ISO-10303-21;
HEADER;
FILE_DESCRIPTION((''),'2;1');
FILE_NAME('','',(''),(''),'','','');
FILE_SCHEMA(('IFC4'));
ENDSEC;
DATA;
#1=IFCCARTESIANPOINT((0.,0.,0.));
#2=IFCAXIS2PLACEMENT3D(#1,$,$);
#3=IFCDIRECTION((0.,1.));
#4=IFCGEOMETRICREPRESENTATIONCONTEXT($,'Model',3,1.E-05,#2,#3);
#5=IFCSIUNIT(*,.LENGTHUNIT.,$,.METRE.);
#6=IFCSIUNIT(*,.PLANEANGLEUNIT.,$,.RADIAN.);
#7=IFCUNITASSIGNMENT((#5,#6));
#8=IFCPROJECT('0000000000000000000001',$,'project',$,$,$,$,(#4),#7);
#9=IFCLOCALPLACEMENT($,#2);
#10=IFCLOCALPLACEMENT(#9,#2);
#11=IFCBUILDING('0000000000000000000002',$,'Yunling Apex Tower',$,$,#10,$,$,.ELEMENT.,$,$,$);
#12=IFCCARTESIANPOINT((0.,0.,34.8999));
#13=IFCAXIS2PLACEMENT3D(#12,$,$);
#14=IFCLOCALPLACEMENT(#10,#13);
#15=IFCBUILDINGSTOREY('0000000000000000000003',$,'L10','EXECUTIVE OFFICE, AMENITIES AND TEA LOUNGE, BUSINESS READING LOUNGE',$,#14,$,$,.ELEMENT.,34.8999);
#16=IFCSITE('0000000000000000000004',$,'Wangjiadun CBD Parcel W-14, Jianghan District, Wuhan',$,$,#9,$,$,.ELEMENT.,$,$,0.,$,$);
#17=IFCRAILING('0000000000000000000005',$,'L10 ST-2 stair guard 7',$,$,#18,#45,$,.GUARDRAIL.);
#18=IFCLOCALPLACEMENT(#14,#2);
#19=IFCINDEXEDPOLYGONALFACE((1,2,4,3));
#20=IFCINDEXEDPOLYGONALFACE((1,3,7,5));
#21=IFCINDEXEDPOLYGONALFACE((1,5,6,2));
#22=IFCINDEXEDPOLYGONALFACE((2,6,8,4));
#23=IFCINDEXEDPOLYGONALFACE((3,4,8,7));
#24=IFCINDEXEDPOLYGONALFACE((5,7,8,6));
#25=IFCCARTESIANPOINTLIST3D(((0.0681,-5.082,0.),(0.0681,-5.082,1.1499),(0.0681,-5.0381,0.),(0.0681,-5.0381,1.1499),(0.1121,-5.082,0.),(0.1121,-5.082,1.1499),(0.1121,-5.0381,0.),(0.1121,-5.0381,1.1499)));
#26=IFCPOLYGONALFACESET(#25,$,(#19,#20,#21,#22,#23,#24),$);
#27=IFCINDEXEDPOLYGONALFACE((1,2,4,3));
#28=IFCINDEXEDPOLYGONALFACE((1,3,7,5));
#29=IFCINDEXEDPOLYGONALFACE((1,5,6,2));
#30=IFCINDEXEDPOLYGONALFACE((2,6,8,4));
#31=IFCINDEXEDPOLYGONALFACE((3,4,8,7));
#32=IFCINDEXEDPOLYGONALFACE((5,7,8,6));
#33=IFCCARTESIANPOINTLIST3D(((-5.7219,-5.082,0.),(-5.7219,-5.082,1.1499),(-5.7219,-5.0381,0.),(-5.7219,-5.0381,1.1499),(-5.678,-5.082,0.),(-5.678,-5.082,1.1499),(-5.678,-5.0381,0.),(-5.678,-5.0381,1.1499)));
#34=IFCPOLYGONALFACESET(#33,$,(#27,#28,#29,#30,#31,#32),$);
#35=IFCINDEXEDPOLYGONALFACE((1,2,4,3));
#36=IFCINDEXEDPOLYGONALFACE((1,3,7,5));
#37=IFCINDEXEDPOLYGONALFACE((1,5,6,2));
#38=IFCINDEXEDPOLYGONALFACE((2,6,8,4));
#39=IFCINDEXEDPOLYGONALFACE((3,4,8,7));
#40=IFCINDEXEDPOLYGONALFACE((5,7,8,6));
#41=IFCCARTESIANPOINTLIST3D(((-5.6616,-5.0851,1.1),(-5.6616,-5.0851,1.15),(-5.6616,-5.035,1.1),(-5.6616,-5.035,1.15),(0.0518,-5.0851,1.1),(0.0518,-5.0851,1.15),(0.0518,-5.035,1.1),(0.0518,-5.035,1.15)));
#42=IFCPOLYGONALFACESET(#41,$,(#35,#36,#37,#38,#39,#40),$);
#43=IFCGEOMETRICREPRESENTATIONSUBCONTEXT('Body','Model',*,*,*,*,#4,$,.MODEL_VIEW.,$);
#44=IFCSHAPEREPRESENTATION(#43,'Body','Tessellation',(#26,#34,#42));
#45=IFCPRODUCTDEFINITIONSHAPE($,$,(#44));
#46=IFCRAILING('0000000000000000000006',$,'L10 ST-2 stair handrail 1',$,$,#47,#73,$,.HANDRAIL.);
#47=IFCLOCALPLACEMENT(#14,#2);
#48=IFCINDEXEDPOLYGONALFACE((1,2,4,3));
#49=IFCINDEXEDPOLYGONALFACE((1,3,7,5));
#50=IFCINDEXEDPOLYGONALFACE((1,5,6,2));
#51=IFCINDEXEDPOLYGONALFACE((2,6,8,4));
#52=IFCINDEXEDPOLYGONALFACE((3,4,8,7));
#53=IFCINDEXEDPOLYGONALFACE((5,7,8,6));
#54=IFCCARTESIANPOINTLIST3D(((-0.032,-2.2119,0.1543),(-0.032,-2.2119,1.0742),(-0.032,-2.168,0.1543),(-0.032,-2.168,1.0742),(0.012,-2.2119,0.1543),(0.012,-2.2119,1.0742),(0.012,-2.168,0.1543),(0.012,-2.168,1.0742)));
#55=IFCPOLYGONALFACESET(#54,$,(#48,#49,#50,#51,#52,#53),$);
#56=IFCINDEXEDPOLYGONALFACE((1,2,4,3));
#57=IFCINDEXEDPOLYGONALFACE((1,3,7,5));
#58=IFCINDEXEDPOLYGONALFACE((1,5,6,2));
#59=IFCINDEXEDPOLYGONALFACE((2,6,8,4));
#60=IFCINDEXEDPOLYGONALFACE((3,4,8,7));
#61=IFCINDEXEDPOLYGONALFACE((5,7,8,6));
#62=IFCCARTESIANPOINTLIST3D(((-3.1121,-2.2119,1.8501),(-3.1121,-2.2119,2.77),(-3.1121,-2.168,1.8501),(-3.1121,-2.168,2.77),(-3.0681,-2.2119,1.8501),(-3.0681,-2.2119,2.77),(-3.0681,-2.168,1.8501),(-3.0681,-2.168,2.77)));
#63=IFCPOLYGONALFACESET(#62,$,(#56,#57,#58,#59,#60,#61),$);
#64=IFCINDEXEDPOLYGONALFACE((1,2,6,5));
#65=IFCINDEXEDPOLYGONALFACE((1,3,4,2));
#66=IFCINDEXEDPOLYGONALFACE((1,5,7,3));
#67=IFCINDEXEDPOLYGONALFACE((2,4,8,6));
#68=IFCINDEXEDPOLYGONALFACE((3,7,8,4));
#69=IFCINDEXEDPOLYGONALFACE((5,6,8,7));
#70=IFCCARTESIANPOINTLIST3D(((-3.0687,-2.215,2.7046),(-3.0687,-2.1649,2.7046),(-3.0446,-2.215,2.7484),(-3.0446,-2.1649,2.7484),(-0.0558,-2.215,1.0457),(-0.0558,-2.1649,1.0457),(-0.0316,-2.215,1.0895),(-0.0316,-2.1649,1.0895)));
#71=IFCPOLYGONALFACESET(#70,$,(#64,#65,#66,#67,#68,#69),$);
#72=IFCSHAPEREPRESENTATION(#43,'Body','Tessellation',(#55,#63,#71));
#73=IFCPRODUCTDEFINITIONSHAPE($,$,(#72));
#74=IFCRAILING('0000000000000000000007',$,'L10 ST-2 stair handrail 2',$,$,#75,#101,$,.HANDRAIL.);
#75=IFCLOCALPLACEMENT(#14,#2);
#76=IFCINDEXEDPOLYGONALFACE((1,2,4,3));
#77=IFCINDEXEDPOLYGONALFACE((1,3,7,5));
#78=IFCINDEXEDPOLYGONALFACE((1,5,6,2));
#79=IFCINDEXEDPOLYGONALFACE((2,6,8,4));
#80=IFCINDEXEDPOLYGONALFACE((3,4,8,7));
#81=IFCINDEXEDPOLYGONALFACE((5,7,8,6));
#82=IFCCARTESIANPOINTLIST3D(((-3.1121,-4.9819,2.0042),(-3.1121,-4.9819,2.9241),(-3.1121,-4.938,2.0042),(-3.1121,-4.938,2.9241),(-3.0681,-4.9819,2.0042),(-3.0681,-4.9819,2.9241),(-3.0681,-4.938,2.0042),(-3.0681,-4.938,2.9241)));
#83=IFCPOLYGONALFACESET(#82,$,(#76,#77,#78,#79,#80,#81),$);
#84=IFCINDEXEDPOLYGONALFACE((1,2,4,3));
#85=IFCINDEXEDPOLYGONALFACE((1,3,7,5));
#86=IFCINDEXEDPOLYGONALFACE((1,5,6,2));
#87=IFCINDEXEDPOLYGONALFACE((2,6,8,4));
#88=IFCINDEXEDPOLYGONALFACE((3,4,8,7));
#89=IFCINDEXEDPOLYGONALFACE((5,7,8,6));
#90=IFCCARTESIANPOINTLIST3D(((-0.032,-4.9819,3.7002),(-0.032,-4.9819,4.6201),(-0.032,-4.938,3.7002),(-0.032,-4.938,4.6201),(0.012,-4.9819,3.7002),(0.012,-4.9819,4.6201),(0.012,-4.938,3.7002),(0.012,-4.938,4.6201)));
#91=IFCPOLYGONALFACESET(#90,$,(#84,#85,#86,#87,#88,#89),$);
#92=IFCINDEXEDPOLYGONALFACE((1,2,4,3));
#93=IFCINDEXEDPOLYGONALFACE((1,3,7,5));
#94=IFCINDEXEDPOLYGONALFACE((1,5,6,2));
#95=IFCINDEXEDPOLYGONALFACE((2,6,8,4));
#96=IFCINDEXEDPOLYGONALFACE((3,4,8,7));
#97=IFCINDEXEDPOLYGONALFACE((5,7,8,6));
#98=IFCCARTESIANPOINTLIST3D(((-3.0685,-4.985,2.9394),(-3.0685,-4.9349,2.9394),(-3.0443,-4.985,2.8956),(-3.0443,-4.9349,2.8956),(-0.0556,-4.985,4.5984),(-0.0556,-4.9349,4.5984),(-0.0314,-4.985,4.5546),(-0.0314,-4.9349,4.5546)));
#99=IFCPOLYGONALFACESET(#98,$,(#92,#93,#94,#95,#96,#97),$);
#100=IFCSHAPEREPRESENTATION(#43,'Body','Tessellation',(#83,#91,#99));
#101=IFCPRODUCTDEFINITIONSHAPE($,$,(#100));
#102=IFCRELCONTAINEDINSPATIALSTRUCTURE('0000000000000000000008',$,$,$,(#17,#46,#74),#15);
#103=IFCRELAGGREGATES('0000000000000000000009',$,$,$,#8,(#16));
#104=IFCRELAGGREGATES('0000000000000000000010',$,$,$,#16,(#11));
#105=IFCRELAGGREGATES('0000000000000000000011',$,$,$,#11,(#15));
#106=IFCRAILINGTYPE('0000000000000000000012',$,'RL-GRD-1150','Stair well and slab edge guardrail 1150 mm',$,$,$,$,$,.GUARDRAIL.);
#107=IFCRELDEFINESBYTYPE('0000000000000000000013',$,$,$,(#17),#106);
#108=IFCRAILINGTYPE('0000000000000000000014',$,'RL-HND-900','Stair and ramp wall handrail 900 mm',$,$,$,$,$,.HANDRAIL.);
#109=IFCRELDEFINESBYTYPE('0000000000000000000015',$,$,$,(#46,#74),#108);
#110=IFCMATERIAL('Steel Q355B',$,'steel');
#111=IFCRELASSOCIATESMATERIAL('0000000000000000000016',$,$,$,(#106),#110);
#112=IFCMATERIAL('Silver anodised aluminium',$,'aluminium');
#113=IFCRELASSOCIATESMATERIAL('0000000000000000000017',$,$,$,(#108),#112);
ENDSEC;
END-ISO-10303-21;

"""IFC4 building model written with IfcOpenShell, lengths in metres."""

from ifc_helpers import new_model, si_unit, direction, frame, origin, origin_2d, place, context, subcontext, project, spatial, rectangle, extrude, material, type_object, element, save


model = new_model("IFC4")

# Units and contexts
model_context = context("Model", 3, precision=1e-05, world=origin(), true_north=direction((0.0, 1.0)))
body_context = subcontext(model_context, "Body", "Model", "MODEL_VIEW")
ifc_project = project(units=[si_unit("LENGTHUNIT", "METRE"), si_unit("PLANEANGLEUNIT", "RADIAN")], contexts=[model_context])

# Site, building, storey
site_placement = place(None, origin())
site = spatial("IfcSite", under=ifc_project, at=site_placement, Name="Wangjiadun CBD Parcel W-14, Jianghan District, Wuhan", CompositionType="ELEMENT", RefElevation=0.0)
building_placement = place(site_placement, origin())
building = spatial("IfcBuilding", under=site, at=building_placement, Name="Yunling Apex Tower", CompositionType="ELEMENT")
storey_placement = place(building_placement, frame((0.0, 0.0, 34.8999)))
storey = spatial("IfcBuildingStorey", under=building, at=storey_placement, Name="L10", Description="EXECUTIVE OFFICE, AMENITIES AND TEA LOUNGE, BUSINESS READING LOUNGE", CompositionType="ELEMENT", Elevation=34.8999)

# Shared definitions
ifc_material_1 = material(Name="Steel Q355B", Category="steel")

# Railings
railing_type_1 = type_object("IfcRailingType", Name="RL-GRD-1150", Description="Stair well and slab edge guardrail 1150 mm", PredefinedType="GUARDRAIL", material=ifc_material_1)
railing_1_placement = place(storey_placement, frame((0.0901, -5.0601, 0.0)))
element("IfcRailing", 1, at=railing_1_placement, inside=storey, type_object=railing_type_1, Name="L10 ST-2 stair guard 7", PredefinedType="GUARDRAIL", context=body_context, shape_type="SweptSolid", body=[
    extrude(rectangle(XDim=0.0439, YDim=0.0439, at=origin_2d()), origin(), (0.0, 0.0, 1.0), 1.1499),
    extrude(rectangle(XDim=0.0439, YDim=0.0439, at=origin_2d()), frame((-5.79, 0.0, 0.0)), (0.0, 0.0, 1.0), 1.1499),
    extrude(rectangle(XDim=0.05, YDim=0.05, at=origin_2d()), frame((-0.0383, 0.0, 1.125), z_axis=(-1.0, 0.0, 0.0), x_axis=(0.0, -1.0, 0.0)), (0.0, 0.0, 1.0), 5.7134),
])
ifc_material_2 = material(Name="Silver anodised aluminium", Category="aluminium")
railing_type_2 = type_object("IfcRailingType", Name="RL-HND-900", Description="Stair and ramp wall handrail 900 mm", PredefinedType="HANDRAIL", material=ifc_material_2)
railing_2_placement = place(storey_placement, frame((-0.01, -2.1899, 0.1543)))
element("IfcRailing", 2, at=railing_2_placement, inside=storey, type_object=railing_type_2, Name="L10 ST-2 stair handrail 1", PredefinedType="HANDRAIL", context=body_context, shape_type="SweptSolid", body=[
    extrude(rectangle(XDim=0.0439, YDim=0.0439, at=origin_2d()), origin(), (0.0, 0.0, 1.0), 0.9199),
    extrude(rectangle(XDim=0.0439, YDim=0.0439, at=origin_2d()), frame((-3.0801, 0.0, 1.6958)), (0.0, 0.0, 1.0), 0.9199),
    extrude(rectangle(XDim=0.05, YDim=0.05, at=origin_2d()), frame((-0.0337, 0.0, 0.9133), z_axis=(-0.876005, 0.0, 0.482303), x_axis=(0.0, -1.0, 0.0)), (0.0, 0.0, 1.0), 3.4395),
])
railing_3_placement = place(storey_placement, frame((-3.0901, -4.96, 2.0042)))
element("IfcRailing", 3, at=railing_3_placement, inside=storey, type_object=railing_type_2, Name="L10 ST-2 stair handrail 2", PredefinedType="HANDRAIL", context=body_context, shape_type="SweptSolid", body=[
    extrude(rectangle(XDim=0.0439, YDim=0.0439, at=origin_2d()), origin(), (0.0, 0.0, 1.0), 0.9199),
    extrude(rectangle(XDim=0.0439, YDim=0.0439, at=origin_2d()), frame((3.0801, 0.0, 1.696)), (0.0, 0.0, 1.0), 0.9199),
    extrude(rectangle(XDim=0.05, YDim=0.05, at=origin_2d()), frame((0.0337, 0.0, 0.9133), z_axis=(0.875975, 0.0, 0.482356), x_axis=(0.0, 1.0, 0.0)), (0.0, 0.0, 1.0), 3.4395),
])

save(model, "model.ifc")
